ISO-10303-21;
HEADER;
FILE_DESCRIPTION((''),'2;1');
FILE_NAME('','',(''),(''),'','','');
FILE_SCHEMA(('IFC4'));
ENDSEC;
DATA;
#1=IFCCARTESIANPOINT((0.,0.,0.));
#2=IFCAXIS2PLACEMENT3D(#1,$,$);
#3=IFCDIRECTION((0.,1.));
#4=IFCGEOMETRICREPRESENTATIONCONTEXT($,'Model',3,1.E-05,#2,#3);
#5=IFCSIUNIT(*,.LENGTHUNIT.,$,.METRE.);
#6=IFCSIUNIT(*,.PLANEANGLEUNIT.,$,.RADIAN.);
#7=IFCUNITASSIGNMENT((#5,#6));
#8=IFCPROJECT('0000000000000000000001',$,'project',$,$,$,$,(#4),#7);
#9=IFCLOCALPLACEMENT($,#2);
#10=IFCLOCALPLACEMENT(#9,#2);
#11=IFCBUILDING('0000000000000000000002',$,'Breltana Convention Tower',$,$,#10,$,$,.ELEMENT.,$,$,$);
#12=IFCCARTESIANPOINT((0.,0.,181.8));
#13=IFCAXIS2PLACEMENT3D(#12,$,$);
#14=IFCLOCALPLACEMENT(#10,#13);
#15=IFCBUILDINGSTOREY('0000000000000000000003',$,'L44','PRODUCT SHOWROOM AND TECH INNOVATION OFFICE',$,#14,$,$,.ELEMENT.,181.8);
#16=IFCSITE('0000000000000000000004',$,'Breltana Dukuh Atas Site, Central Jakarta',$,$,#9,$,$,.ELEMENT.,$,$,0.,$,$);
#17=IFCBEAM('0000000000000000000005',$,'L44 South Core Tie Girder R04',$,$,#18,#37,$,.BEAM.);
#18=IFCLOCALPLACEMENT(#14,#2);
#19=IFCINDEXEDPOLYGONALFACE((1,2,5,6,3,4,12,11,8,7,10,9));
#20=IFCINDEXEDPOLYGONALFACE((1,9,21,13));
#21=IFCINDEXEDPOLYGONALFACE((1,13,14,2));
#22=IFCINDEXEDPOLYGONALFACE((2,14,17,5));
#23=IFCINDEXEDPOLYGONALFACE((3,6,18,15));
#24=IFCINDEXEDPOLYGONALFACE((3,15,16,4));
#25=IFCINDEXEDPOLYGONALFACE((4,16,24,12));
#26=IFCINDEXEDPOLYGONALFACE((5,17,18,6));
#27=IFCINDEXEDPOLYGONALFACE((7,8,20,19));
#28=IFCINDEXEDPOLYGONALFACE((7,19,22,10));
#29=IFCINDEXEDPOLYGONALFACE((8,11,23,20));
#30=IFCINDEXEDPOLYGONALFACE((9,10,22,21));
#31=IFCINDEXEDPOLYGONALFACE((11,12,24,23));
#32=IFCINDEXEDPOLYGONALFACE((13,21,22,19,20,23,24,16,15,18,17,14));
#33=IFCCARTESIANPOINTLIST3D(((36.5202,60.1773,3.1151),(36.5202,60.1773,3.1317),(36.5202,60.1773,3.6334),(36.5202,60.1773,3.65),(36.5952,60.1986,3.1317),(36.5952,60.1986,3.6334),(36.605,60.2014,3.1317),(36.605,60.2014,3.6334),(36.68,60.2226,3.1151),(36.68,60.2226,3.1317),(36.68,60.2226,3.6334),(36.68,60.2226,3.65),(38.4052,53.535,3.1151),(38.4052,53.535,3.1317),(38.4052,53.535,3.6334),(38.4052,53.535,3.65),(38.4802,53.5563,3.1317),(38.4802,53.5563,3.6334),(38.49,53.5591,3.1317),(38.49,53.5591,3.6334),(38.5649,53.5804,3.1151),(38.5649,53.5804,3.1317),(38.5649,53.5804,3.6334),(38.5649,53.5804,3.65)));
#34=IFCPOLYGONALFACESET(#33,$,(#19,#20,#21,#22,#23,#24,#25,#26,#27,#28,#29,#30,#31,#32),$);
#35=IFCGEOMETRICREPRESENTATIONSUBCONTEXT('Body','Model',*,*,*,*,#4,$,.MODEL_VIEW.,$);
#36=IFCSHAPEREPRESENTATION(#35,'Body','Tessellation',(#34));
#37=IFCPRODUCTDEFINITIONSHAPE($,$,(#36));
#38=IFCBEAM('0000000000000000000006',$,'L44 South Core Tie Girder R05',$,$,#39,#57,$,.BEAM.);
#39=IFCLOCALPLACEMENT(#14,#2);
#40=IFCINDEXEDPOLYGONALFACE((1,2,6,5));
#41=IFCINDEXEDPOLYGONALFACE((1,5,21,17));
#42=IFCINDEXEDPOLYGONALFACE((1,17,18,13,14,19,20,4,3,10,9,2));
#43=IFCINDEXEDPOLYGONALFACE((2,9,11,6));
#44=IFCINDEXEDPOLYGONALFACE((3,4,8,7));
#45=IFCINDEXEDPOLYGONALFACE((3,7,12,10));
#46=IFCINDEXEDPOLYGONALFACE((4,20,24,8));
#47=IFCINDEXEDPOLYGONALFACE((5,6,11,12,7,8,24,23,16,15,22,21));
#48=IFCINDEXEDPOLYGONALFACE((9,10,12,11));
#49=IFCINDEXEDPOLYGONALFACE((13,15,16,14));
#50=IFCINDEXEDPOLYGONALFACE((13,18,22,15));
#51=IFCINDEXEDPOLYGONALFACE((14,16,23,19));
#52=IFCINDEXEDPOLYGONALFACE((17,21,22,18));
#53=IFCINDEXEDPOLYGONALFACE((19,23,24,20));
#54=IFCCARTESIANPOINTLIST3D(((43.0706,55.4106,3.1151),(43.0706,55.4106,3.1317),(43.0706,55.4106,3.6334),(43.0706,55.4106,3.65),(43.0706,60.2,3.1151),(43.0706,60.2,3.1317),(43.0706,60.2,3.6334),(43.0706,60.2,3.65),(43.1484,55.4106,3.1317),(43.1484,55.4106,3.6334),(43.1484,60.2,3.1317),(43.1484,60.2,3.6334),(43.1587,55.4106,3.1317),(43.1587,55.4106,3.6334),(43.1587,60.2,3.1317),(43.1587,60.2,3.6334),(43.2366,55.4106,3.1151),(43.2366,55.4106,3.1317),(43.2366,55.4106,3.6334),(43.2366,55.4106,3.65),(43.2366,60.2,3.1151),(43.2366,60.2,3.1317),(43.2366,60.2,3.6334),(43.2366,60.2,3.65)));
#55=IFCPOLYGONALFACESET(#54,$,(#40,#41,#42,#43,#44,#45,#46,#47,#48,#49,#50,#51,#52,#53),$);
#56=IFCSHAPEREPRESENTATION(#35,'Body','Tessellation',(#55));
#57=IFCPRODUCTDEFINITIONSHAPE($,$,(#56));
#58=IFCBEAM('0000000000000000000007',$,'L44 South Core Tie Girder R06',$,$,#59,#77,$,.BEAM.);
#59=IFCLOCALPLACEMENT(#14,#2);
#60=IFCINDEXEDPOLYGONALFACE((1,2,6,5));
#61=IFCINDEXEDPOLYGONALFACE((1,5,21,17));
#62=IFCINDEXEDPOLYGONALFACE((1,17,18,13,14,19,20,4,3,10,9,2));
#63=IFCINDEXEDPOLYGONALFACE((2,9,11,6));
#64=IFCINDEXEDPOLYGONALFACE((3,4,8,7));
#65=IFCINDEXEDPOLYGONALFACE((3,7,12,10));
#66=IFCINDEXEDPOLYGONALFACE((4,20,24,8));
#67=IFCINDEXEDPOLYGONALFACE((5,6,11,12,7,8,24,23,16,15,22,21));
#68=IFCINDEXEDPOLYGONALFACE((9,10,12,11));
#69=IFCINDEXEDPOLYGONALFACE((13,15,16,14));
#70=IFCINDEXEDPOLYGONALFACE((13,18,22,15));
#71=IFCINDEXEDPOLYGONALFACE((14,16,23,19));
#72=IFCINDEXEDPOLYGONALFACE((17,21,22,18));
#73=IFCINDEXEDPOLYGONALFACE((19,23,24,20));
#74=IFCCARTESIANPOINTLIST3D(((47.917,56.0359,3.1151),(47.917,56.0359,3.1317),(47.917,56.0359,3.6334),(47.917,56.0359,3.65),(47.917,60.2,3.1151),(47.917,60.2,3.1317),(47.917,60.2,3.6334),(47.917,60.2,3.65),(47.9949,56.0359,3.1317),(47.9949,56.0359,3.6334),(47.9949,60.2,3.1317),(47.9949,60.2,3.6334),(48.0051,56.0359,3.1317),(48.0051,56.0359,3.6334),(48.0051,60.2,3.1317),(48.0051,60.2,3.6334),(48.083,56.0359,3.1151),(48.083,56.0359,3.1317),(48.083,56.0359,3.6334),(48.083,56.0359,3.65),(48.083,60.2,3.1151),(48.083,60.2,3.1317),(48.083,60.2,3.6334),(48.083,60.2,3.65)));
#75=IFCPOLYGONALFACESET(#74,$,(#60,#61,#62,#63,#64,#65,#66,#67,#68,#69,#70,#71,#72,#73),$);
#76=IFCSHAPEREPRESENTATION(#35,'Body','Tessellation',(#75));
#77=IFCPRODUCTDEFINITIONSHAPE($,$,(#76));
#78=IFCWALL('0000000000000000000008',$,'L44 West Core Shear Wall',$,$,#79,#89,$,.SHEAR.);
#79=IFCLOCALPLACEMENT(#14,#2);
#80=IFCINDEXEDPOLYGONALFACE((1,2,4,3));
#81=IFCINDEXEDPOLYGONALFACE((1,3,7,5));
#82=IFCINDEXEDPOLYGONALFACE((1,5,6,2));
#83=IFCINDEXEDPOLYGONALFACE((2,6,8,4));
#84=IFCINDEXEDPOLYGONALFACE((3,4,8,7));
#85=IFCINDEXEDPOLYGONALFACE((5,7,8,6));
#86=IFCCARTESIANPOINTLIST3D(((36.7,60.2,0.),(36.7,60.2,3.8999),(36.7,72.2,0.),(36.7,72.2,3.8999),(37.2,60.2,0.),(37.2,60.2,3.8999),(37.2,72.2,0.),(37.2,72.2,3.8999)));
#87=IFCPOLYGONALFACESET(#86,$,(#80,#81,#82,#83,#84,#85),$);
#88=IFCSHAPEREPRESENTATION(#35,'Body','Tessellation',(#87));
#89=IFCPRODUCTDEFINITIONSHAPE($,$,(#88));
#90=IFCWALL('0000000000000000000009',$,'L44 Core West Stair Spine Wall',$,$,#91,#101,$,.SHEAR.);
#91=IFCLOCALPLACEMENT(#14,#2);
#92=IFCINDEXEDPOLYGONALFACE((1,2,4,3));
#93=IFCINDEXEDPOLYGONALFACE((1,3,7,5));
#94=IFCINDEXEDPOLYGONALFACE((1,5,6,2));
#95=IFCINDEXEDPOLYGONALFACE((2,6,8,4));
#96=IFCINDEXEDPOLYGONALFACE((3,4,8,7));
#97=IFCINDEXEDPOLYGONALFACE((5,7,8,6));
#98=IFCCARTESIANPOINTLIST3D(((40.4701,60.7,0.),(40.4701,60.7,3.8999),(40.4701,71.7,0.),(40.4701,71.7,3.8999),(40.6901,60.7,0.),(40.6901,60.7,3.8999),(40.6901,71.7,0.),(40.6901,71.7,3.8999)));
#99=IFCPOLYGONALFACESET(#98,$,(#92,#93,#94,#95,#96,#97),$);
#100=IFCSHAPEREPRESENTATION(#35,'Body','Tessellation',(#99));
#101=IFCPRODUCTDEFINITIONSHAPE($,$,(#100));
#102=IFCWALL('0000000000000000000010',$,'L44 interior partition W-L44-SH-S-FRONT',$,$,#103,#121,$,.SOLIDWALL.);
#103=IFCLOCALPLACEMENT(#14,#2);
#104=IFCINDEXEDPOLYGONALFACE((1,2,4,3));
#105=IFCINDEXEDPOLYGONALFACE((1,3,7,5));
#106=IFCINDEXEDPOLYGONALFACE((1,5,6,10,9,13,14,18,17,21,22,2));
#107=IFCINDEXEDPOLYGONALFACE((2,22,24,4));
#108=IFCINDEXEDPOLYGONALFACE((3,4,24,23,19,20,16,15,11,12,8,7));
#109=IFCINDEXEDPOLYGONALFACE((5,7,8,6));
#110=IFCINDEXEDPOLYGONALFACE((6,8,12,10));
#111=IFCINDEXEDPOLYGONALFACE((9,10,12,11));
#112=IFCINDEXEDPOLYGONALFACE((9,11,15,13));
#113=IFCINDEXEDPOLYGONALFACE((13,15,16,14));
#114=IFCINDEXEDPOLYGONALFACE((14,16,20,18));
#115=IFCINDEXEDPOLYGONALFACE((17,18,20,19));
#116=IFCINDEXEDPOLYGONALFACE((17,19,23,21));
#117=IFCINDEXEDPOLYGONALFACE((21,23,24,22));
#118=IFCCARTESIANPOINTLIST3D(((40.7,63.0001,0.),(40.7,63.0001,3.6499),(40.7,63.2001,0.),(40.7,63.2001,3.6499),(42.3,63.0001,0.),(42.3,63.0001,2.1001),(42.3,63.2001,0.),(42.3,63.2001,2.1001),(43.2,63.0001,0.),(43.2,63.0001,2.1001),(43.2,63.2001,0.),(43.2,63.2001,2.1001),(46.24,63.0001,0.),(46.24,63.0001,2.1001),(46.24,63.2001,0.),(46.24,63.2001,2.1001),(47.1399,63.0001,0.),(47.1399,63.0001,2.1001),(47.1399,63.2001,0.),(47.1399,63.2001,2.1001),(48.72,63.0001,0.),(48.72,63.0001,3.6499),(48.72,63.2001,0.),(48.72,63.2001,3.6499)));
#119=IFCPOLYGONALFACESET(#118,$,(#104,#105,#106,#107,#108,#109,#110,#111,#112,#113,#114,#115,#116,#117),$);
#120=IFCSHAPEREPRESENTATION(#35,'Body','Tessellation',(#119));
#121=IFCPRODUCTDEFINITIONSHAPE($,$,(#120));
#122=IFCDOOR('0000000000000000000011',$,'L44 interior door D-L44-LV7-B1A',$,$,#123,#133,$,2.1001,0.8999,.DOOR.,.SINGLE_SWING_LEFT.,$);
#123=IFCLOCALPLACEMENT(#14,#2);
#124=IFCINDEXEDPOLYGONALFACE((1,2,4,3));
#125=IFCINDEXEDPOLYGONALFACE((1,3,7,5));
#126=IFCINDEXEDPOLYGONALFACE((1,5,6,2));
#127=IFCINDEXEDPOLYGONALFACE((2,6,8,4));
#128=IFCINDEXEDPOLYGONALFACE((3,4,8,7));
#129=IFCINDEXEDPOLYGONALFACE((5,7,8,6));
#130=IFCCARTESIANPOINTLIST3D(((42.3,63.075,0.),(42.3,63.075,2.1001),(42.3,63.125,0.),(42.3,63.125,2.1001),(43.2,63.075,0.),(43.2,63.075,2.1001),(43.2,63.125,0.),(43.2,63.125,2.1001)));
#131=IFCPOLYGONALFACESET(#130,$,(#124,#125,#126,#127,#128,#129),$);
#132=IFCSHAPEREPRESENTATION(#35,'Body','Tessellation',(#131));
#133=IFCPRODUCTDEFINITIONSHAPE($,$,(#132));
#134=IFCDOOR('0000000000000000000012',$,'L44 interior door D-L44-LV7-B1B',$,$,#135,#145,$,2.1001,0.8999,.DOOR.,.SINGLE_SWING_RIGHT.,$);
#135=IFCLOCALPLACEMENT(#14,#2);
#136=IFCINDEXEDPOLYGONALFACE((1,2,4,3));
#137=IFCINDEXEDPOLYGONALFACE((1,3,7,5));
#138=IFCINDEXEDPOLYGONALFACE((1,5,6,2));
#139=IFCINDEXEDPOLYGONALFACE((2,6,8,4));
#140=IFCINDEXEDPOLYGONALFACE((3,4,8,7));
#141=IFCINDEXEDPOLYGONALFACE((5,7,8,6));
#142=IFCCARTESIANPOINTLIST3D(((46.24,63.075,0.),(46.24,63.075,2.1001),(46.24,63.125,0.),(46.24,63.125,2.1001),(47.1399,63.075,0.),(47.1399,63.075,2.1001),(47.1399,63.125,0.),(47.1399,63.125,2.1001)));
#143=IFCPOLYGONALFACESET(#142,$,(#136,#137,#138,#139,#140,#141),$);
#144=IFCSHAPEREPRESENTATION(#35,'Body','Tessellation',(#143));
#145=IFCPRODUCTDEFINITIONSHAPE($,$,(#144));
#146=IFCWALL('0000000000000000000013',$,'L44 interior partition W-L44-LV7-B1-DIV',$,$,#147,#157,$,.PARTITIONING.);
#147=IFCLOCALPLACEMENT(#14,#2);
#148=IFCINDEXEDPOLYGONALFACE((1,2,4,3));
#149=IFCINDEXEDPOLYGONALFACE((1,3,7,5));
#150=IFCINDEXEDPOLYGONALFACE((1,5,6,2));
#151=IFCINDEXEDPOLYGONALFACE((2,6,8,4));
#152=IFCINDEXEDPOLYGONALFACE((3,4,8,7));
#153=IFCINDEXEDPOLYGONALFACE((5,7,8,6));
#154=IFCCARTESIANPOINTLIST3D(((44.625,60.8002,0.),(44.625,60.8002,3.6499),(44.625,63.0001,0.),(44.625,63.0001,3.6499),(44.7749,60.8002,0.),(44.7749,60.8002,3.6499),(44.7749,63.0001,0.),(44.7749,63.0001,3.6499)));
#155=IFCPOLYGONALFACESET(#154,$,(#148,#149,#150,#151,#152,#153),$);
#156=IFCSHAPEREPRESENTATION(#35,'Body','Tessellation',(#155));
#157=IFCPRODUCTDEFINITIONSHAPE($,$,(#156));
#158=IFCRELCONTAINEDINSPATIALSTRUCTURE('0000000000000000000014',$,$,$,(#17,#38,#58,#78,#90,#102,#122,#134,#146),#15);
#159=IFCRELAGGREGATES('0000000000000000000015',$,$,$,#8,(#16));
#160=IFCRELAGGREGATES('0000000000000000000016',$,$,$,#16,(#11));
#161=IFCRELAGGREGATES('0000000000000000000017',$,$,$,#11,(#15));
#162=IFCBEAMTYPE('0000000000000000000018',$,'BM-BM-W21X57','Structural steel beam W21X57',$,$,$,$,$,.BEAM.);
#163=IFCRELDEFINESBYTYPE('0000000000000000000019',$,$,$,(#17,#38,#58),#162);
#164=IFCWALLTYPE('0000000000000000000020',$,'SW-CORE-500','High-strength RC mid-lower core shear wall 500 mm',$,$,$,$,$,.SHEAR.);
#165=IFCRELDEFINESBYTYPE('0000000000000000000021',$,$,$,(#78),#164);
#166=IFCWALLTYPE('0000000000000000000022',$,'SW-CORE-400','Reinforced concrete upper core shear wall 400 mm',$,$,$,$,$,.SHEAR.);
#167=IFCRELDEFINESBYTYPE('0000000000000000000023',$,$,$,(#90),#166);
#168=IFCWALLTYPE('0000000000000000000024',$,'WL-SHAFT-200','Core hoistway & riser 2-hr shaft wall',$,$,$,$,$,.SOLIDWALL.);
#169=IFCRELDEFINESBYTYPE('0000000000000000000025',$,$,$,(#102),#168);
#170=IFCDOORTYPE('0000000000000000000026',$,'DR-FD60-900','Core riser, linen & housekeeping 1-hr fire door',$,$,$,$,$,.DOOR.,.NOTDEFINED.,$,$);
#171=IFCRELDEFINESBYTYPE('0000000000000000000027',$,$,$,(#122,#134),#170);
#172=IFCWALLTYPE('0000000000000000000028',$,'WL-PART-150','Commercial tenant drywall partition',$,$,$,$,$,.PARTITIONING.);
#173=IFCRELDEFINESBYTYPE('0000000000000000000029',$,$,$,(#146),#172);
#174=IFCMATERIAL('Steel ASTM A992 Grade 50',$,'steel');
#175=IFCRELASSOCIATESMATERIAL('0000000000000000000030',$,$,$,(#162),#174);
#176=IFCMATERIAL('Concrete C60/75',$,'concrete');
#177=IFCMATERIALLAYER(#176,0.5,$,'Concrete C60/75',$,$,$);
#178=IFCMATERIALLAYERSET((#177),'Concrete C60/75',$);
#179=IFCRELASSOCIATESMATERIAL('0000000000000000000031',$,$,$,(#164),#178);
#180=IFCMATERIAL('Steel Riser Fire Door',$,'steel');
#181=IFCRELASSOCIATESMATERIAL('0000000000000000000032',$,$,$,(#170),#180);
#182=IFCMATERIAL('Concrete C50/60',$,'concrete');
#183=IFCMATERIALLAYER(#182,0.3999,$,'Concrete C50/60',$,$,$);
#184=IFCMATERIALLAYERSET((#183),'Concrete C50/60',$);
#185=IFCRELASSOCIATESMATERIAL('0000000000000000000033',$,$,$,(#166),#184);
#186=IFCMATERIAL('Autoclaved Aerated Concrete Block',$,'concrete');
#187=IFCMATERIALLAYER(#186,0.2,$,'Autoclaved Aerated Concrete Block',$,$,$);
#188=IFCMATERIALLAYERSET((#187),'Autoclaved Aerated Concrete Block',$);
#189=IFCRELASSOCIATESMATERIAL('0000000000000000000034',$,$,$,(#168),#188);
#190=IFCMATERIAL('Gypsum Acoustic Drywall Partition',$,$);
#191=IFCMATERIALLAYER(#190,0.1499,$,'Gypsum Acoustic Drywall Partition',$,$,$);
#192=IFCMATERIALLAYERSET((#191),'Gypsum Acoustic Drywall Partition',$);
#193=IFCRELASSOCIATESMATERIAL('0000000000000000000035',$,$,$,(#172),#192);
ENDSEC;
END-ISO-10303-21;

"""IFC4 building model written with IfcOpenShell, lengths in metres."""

from ifc_helpers import new_model, si_unit, direction, frame, frame_2d, origin, origin_2d, place, context, subcontext, project, spatial, rectangle, i_section, extrude, source, transform, mapped, material, layer, layer_set, material_profile, profile_set, type_object, type_shapes, element, fill, save


model = new_model("IFC4")

# Units and contexts
model_context = context("Model", 3, precision=1e-05, world=origin(), true_north=direction((0.0, 1.0)))
body_context = subcontext(model_context, "Body", "Model", "MODEL_VIEW")
ifc_project = project(units=[si_unit("LENGTHUNIT", "METRE"), si_unit("PLANEANGLEUNIT", "RADIAN")], contexts=[model_context])

# Site, building, storey
site_placement = place(None, origin())
site = spatial("IfcSite", under=ifc_project, at=site_placement, Name="Breltana Dukuh Atas Site, Central Jakarta", CompositionType="ELEMENT", RefElevation=0.0)
building_placement = place(site_placement, origin())
building = spatial("IfcBuilding", under=site, at=building_placement, Name="Breltana Convention Tower", CompositionType="ELEMENT")
storey_placement = place(building_placement, frame((0.0, 0.0, 181.8)))
storey = spatial("IfcBuildingStorey", under=building, at=storey_placement, Name="L44", Description="PRODUCT SHOWROOM AND TECH INNOVATION OFFICE", CompositionType="ELEMENT", Elevation=181.8)

# Beams
ifc_material_1 = material(Name="Steel ASTM A992 Grade 50", Category="steel")
ifc_material_profile = material_profile(ifc_material_1, i_section(OverallWidth=0.166, OverallDepth=0.5349, WebThickness=0.0103, FlangeThickness=0.0166, at=origin_2d()), Name="W21X57")
ifc_profile_set = profile_set([ifc_material_profile], Name="Steel ASTM A992 Grade 50")
beam_type = type_object("IfcBeamType", Name="BM-BM-W21X57", Description="Structural steel beam W21X57", PredefinedType="BEAM", material=ifc_profile_set)
shared_shape_1 = source(origin(), body_context, "Body", "SweptSolid", [
    extrude(i_section(OverallWidth=0.166, OverallDepth=0.5349, WebThickness=0.0103, FlangeThickness=0.0166, at=origin_2d()), origin(), (0.0, 0.0, 1.0), 6.9045),
])
type_shapes(beam_type, [shared_shape_1])
beam_1_placement = place(storey_placement, frame((36.6001, 60.2, 3.3826), z_axis=(0.273007, -0.962012, 0.0), x_axis=(0.962012, 0.273007, 0.0)))
element("IfcBeam", 1, at=beam_1_placement, inside=storey, type_object=beam_type, Name="L44 South Core Tie Girder R04", PredefinedType="BEAM", context=body_context, shape_type="MappedRepresentation", body=[
    mapped(shared_shape_1, transform((0.0, 0.0, 0.0), scale=1.0)),
])
shared_shape_2 = source(origin(), body_context, "Body", "SweptSolid", [
    extrude(i_section(OverallWidth=0.166, OverallDepth=0.5349, WebThickness=0.0103, FlangeThickness=0.0166, at=origin_2d()), origin(), (0.0, 0.0, 1.0), 4.7893),
])
beam_2_placement = place(storey_placement, frame((43.1536, 60.2, 3.3826), z_axis=(0.0, -1.0, 0.0), x_axis=(1.0, 0.0, 0.0)))
element("IfcBeam", 2, at=beam_2_placement, inside=storey, type_object=beam_type, Name="L44 South Core Tie Girder R05", PredefinedType="BEAM", context=body_context, shape_type="MappedRepresentation", body=[
    mapped(shared_shape_2, transform((0.0, 0.0, 0.0), scale=1.0)),
])
shared_shape_3 = source(origin(), body_context, "Body", "SweptSolid", [
    extrude(i_section(OverallWidth=0.166, OverallDepth=0.5349, WebThickness=0.0103, FlangeThickness=0.0166, at=origin_2d()), origin(), (0.0, 0.0, 1.0), 4.1641),
])
beam_3_placement = place(storey_placement, frame((48.0, 60.2, 3.3826), z_axis=(0.0, -1.0, 0.0), x_axis=(1.0, 0.0, 0.0)))
element("IfcBeam", 3, at=beam_3_placement, inside=storey, type_object=beam_type, Name="L44 South Core Tie Girder R06", PredefinedType="BEAM", context=body_context, shape_type="MappedRepresentation", body=[
    mapped(shared_shape_3, transform((0.0, 0.0, 0.0), scale=1.0)),
])

# Wall
ifc_material_2 = material(Name="Concrete C60/75", Category="concrete")
ifc_layer_1 = layer(ifc_material_2, 0.5, Name="Concrete C60/75")
ifc_layer_set_1 = layer_set([ifc_layer_1], Name="Concrete C60/75")
wall_type_1 = type_object("IfcWallType", Name="SW-CORE-500", Description="High-strength RC mid-lower core shear wall 500 mm", PredefinedType="SHEAR", material=ifc_layer_set_1)
shared_shape_4 = source(origin(), body_context, "Body", "SweptSolid", [
    extrude(rectangle(XDim=12.0, YDim=0.5, at=frame_2d((6.0, 0.0))), origin(), (0.0, 0.0, 1.0), 3.8999),
])
wall_1_placement = place(storey_placement, frame((36.95, 60.2, 0.0), z_axis=(0.0, 0.0, 1.0), x_axis=(0.0, 1.0, 0.0)))
element("IfcWall", 4, at=wall_1_placement, inside=storey, type_object=wall_type_1, Name="L44 West Core Shear Wall", PredefinedType="SHEAR", context=body_context, shape_type="MappedRepresentation", body=[
    mapped(shared_shape_4, transform((0.0, 0.0, 0.0), scale=1.0)),
])

# Shared definitions
ifc_material_3 = material(Name="Steel Riser Fire Door", Category="steel")
door_type_1 = type_object("IfcDoorType", Name="DR-FD60-900", Description="Core riser, linen & housekeeping 1-hr fire door", OperationType="NOTDEFINED", PredefinedType="DOOR", material=ifc_material_3)
shared_shape_5 = source(origin(), body_context, "Body", "SweptSolid", [
    extrude(rectangle(XDim=0.8999, YDim=2.1001, at=frame_2d((0.45, 1.05))), frame((0.0, 0.0249, 0.0), z_axis=(0.0, -1.0, 0.0), x_axis=(1.0, 0.0, 0.0)), (0.0, 0.0, 1.0), 0.05),
])
type_shapes(door_type_1, [shared_shape_5])

# Wall
ifc_material_4 = material(Name="Concrete C50/60", Category="concrete")
ifc_layer_2 = layer(ifc_material_4, 0.3999, Name="Concrete C50/60")
ifc_layer_set_2 = layer_set([ifc_layer_2], Name="Concrete C50/60")
wall_type_2 = type_object("IfcWallType", Name="SW-CORE-400", Description="Reinforced concrete upper core shear wall 400 mm", PredefinedType="SHEAR", material=ifc_layer_set_2)
shared_shape_6 = source(origin(), body_context, "Body", "SweptSolid", [
    extrude(rectangle(XDim=11.0, YDim=0.22, at=frame_2d((5.5, 0.0))), origin(), (0.0, 0.0, 1.0), 3.8999),
])
wall_2_placement = place(storey_placement, frame((40.5801, 60.7, 0.0), z_axis=(0.0, 0.0, 1.0), x_axis=(0.0, 1.0, 0.0)))
element("IfcWall", 5, at=wall_2_placement, inside=storey, type_object=wall_type_2, Name="L44 Core West Stair Spine Wall", PredefinedType="SHEAR", context=body_context, shape_type="MappedRepresentation", body=[
    mapped(shared_shape_6, transform((0.0, 0.0, 0.0), scale=1.0)),
])

# Wall, openings, doors
ifc_material_5 = material(Name="Autoclaved Aerated Concrete Block", Category="concrete")
ifc_layer_3 = layer(ifc_material_5, 0.2, Name="Autoclaved Aerated Concrete Block")
ifc_layer_set_3 = layer_set([ifc_layer_3], Name="Autoclaved Aerated Concrete Block")
wall_type_3 = type_object("IfcWallType", Name="WL-SHAFT-200", Description="Core hoistway & riser 2-hr shaft wall", PredefinedType="SOLIDWALL", material=ifc_layer_set_3)
shared_shape_7 = source(origin(), body_context, "Body", "SweptSolid", [
    extrude(rectangle(XDim=8.02, YDim=0.2, at=frame_2d((4.01, 0.0))), origin(), (0.0, 0.0, 1.0), 3.6499),
])
wall_3_placement = place(storey_placement, frame((40.7, 63.1001, 0.0), z_axis=(0.0, 0.0, 1.0), x_axis=(1.0, 0.0, 0.0)))
wall_3 = element("IfcWall", 6, at=wall_3_placement, inside=storey, type_object=wall_type_3, Name="L44 interior partition W-L44-SH-S-FRONT", PredefinedType="SOLIDWALL", context=body_context, shape_type="MappedRepresentation", body=[
    mapped(shared_shape_7, transform((0.0, 0.0, 0.0), scale=1.0)),
])
opening_1_placement = place(wall_3_placement, frame((1.6001, 0.0, 0.0)))
opening_1 = element("IfcOpeningElement", 7, at=opening_1_placement, cuts=wall_3, PredefinedType="OPENING", context=body_context, shape_type="SweptSolid", body=[
    extrude(rectangle(XDim=0.8999, YDim=2.1001, at=frame_2d((0.45, 1.05))), frame((0.0, 0.1099, 0.0), z_axis=(0.0, -1.0, 0.0), x_axis=(1.0, 0.0, 0.0)), (0.0, 0.0, 1.0), 0.22),
])
opening_2_placement = place(wall_3_placement, frame((5.54, 0.0, 0.0)))
opening_2 = element("IfcOpeningElement", 8, at=opening_2_placement, cuts=wall_3, PredefinedType="OPENING", context=body_context, shape_type="SweptSolid", body=[
    extrude(rectangle(XDim=0.8999, YDim=2.1001, at=frame_2d((0.45, 1.05))), frame((0.0, 0.1099, 0.0), z_axis=(0.0, -1.0, 0.0), x_axis=(1.0, 0.0, 0.0)), (0.0, 0.0, 1.0), 0.22),
])
door_1_placement = place(opening_1_placement, origin())
door_1 = element("IfcDoor", 9, at=door_1_placement, inside=storey, type_object=door_type_1, Name="L44 interior door D-L44-LV7-B1A", OperationType="SINGLE_SWING_LEFT", OverallHeight=2.1001, OverallWidth=0.8999, PredefinedType="DOOR", context=body_context, shape_type="MappedRepresentation", body=[
    mapped(shared_shape_5, transform((0.0, 0.0, 0.0), scale=1.0)),
])
fill(opening_1, door_1)
door_2_placement = place(opening_2_placement, origin())
door_2 = element("IfcDoor", 10, at=door_2_placement, inside=storey, type_object=door_type_1, Name="L44 interior door D-L44-LV7-B1B", OperationType="SINGLE_SWING_RIGHT", OverallHeight=2.1001, OverallWidth=0.8999, PredefinedType="DOOR", context=body_context, shape_type="MappedRepresentation", body=[
    mapped(shared_shape_5, transform((0.0, 0.0, 0.0), scale=1.0)),
])
fill(opening_2, door_2)

# Wall
ifc_material_6 = material(Name="Gypsum Acoustic Drywall Partition")
ifc_layer_4 = layer(ifc_material_6, 0.1499, Name="Gypsum Acoustic Drywall Partition")
ifc_layer_set_4 = layer_set([ifc_layer_4], Name="Gypsum Acoustic Drywall Partition")
wall_type_4 = type_object("IfcWallType", Name="WL-PART-150", Description="Commercial tenant drywall partition", PredefinedType="PARTITIONING", material=ifc_layer_set_4)
shared_shape_8 = source(origin(), body_context, "Body", "SweptSolid", [
    extrude(rectangle(XDim=2.2, YDim=0.1499, at=frame_2d((1.1001, 0.0))), origin(), (0.0, 0.0, 1.0), 3.6499),
])
wall_4_placement = place(storey_placement, frame((44.7, 60.8, 0.0), z_axis=(0.0, 0.0, 1.0), x_axis=(0.0, 1.0, 0.0)))
element("IfcWall", 11, at=wall_4_placement, inside=storey, type_object=wall_type_4, Name="L44 interior partition W-L44-LV7-B1-DIV", PredefinedType="PARTITIONING", context=body_context, shape_type="MappedRepresentation", body=[
    mapped(shared_shape_8, transform((0.0, 0.0, 0.0), scale=1.0)),
])

save(model, "model.ifc")
